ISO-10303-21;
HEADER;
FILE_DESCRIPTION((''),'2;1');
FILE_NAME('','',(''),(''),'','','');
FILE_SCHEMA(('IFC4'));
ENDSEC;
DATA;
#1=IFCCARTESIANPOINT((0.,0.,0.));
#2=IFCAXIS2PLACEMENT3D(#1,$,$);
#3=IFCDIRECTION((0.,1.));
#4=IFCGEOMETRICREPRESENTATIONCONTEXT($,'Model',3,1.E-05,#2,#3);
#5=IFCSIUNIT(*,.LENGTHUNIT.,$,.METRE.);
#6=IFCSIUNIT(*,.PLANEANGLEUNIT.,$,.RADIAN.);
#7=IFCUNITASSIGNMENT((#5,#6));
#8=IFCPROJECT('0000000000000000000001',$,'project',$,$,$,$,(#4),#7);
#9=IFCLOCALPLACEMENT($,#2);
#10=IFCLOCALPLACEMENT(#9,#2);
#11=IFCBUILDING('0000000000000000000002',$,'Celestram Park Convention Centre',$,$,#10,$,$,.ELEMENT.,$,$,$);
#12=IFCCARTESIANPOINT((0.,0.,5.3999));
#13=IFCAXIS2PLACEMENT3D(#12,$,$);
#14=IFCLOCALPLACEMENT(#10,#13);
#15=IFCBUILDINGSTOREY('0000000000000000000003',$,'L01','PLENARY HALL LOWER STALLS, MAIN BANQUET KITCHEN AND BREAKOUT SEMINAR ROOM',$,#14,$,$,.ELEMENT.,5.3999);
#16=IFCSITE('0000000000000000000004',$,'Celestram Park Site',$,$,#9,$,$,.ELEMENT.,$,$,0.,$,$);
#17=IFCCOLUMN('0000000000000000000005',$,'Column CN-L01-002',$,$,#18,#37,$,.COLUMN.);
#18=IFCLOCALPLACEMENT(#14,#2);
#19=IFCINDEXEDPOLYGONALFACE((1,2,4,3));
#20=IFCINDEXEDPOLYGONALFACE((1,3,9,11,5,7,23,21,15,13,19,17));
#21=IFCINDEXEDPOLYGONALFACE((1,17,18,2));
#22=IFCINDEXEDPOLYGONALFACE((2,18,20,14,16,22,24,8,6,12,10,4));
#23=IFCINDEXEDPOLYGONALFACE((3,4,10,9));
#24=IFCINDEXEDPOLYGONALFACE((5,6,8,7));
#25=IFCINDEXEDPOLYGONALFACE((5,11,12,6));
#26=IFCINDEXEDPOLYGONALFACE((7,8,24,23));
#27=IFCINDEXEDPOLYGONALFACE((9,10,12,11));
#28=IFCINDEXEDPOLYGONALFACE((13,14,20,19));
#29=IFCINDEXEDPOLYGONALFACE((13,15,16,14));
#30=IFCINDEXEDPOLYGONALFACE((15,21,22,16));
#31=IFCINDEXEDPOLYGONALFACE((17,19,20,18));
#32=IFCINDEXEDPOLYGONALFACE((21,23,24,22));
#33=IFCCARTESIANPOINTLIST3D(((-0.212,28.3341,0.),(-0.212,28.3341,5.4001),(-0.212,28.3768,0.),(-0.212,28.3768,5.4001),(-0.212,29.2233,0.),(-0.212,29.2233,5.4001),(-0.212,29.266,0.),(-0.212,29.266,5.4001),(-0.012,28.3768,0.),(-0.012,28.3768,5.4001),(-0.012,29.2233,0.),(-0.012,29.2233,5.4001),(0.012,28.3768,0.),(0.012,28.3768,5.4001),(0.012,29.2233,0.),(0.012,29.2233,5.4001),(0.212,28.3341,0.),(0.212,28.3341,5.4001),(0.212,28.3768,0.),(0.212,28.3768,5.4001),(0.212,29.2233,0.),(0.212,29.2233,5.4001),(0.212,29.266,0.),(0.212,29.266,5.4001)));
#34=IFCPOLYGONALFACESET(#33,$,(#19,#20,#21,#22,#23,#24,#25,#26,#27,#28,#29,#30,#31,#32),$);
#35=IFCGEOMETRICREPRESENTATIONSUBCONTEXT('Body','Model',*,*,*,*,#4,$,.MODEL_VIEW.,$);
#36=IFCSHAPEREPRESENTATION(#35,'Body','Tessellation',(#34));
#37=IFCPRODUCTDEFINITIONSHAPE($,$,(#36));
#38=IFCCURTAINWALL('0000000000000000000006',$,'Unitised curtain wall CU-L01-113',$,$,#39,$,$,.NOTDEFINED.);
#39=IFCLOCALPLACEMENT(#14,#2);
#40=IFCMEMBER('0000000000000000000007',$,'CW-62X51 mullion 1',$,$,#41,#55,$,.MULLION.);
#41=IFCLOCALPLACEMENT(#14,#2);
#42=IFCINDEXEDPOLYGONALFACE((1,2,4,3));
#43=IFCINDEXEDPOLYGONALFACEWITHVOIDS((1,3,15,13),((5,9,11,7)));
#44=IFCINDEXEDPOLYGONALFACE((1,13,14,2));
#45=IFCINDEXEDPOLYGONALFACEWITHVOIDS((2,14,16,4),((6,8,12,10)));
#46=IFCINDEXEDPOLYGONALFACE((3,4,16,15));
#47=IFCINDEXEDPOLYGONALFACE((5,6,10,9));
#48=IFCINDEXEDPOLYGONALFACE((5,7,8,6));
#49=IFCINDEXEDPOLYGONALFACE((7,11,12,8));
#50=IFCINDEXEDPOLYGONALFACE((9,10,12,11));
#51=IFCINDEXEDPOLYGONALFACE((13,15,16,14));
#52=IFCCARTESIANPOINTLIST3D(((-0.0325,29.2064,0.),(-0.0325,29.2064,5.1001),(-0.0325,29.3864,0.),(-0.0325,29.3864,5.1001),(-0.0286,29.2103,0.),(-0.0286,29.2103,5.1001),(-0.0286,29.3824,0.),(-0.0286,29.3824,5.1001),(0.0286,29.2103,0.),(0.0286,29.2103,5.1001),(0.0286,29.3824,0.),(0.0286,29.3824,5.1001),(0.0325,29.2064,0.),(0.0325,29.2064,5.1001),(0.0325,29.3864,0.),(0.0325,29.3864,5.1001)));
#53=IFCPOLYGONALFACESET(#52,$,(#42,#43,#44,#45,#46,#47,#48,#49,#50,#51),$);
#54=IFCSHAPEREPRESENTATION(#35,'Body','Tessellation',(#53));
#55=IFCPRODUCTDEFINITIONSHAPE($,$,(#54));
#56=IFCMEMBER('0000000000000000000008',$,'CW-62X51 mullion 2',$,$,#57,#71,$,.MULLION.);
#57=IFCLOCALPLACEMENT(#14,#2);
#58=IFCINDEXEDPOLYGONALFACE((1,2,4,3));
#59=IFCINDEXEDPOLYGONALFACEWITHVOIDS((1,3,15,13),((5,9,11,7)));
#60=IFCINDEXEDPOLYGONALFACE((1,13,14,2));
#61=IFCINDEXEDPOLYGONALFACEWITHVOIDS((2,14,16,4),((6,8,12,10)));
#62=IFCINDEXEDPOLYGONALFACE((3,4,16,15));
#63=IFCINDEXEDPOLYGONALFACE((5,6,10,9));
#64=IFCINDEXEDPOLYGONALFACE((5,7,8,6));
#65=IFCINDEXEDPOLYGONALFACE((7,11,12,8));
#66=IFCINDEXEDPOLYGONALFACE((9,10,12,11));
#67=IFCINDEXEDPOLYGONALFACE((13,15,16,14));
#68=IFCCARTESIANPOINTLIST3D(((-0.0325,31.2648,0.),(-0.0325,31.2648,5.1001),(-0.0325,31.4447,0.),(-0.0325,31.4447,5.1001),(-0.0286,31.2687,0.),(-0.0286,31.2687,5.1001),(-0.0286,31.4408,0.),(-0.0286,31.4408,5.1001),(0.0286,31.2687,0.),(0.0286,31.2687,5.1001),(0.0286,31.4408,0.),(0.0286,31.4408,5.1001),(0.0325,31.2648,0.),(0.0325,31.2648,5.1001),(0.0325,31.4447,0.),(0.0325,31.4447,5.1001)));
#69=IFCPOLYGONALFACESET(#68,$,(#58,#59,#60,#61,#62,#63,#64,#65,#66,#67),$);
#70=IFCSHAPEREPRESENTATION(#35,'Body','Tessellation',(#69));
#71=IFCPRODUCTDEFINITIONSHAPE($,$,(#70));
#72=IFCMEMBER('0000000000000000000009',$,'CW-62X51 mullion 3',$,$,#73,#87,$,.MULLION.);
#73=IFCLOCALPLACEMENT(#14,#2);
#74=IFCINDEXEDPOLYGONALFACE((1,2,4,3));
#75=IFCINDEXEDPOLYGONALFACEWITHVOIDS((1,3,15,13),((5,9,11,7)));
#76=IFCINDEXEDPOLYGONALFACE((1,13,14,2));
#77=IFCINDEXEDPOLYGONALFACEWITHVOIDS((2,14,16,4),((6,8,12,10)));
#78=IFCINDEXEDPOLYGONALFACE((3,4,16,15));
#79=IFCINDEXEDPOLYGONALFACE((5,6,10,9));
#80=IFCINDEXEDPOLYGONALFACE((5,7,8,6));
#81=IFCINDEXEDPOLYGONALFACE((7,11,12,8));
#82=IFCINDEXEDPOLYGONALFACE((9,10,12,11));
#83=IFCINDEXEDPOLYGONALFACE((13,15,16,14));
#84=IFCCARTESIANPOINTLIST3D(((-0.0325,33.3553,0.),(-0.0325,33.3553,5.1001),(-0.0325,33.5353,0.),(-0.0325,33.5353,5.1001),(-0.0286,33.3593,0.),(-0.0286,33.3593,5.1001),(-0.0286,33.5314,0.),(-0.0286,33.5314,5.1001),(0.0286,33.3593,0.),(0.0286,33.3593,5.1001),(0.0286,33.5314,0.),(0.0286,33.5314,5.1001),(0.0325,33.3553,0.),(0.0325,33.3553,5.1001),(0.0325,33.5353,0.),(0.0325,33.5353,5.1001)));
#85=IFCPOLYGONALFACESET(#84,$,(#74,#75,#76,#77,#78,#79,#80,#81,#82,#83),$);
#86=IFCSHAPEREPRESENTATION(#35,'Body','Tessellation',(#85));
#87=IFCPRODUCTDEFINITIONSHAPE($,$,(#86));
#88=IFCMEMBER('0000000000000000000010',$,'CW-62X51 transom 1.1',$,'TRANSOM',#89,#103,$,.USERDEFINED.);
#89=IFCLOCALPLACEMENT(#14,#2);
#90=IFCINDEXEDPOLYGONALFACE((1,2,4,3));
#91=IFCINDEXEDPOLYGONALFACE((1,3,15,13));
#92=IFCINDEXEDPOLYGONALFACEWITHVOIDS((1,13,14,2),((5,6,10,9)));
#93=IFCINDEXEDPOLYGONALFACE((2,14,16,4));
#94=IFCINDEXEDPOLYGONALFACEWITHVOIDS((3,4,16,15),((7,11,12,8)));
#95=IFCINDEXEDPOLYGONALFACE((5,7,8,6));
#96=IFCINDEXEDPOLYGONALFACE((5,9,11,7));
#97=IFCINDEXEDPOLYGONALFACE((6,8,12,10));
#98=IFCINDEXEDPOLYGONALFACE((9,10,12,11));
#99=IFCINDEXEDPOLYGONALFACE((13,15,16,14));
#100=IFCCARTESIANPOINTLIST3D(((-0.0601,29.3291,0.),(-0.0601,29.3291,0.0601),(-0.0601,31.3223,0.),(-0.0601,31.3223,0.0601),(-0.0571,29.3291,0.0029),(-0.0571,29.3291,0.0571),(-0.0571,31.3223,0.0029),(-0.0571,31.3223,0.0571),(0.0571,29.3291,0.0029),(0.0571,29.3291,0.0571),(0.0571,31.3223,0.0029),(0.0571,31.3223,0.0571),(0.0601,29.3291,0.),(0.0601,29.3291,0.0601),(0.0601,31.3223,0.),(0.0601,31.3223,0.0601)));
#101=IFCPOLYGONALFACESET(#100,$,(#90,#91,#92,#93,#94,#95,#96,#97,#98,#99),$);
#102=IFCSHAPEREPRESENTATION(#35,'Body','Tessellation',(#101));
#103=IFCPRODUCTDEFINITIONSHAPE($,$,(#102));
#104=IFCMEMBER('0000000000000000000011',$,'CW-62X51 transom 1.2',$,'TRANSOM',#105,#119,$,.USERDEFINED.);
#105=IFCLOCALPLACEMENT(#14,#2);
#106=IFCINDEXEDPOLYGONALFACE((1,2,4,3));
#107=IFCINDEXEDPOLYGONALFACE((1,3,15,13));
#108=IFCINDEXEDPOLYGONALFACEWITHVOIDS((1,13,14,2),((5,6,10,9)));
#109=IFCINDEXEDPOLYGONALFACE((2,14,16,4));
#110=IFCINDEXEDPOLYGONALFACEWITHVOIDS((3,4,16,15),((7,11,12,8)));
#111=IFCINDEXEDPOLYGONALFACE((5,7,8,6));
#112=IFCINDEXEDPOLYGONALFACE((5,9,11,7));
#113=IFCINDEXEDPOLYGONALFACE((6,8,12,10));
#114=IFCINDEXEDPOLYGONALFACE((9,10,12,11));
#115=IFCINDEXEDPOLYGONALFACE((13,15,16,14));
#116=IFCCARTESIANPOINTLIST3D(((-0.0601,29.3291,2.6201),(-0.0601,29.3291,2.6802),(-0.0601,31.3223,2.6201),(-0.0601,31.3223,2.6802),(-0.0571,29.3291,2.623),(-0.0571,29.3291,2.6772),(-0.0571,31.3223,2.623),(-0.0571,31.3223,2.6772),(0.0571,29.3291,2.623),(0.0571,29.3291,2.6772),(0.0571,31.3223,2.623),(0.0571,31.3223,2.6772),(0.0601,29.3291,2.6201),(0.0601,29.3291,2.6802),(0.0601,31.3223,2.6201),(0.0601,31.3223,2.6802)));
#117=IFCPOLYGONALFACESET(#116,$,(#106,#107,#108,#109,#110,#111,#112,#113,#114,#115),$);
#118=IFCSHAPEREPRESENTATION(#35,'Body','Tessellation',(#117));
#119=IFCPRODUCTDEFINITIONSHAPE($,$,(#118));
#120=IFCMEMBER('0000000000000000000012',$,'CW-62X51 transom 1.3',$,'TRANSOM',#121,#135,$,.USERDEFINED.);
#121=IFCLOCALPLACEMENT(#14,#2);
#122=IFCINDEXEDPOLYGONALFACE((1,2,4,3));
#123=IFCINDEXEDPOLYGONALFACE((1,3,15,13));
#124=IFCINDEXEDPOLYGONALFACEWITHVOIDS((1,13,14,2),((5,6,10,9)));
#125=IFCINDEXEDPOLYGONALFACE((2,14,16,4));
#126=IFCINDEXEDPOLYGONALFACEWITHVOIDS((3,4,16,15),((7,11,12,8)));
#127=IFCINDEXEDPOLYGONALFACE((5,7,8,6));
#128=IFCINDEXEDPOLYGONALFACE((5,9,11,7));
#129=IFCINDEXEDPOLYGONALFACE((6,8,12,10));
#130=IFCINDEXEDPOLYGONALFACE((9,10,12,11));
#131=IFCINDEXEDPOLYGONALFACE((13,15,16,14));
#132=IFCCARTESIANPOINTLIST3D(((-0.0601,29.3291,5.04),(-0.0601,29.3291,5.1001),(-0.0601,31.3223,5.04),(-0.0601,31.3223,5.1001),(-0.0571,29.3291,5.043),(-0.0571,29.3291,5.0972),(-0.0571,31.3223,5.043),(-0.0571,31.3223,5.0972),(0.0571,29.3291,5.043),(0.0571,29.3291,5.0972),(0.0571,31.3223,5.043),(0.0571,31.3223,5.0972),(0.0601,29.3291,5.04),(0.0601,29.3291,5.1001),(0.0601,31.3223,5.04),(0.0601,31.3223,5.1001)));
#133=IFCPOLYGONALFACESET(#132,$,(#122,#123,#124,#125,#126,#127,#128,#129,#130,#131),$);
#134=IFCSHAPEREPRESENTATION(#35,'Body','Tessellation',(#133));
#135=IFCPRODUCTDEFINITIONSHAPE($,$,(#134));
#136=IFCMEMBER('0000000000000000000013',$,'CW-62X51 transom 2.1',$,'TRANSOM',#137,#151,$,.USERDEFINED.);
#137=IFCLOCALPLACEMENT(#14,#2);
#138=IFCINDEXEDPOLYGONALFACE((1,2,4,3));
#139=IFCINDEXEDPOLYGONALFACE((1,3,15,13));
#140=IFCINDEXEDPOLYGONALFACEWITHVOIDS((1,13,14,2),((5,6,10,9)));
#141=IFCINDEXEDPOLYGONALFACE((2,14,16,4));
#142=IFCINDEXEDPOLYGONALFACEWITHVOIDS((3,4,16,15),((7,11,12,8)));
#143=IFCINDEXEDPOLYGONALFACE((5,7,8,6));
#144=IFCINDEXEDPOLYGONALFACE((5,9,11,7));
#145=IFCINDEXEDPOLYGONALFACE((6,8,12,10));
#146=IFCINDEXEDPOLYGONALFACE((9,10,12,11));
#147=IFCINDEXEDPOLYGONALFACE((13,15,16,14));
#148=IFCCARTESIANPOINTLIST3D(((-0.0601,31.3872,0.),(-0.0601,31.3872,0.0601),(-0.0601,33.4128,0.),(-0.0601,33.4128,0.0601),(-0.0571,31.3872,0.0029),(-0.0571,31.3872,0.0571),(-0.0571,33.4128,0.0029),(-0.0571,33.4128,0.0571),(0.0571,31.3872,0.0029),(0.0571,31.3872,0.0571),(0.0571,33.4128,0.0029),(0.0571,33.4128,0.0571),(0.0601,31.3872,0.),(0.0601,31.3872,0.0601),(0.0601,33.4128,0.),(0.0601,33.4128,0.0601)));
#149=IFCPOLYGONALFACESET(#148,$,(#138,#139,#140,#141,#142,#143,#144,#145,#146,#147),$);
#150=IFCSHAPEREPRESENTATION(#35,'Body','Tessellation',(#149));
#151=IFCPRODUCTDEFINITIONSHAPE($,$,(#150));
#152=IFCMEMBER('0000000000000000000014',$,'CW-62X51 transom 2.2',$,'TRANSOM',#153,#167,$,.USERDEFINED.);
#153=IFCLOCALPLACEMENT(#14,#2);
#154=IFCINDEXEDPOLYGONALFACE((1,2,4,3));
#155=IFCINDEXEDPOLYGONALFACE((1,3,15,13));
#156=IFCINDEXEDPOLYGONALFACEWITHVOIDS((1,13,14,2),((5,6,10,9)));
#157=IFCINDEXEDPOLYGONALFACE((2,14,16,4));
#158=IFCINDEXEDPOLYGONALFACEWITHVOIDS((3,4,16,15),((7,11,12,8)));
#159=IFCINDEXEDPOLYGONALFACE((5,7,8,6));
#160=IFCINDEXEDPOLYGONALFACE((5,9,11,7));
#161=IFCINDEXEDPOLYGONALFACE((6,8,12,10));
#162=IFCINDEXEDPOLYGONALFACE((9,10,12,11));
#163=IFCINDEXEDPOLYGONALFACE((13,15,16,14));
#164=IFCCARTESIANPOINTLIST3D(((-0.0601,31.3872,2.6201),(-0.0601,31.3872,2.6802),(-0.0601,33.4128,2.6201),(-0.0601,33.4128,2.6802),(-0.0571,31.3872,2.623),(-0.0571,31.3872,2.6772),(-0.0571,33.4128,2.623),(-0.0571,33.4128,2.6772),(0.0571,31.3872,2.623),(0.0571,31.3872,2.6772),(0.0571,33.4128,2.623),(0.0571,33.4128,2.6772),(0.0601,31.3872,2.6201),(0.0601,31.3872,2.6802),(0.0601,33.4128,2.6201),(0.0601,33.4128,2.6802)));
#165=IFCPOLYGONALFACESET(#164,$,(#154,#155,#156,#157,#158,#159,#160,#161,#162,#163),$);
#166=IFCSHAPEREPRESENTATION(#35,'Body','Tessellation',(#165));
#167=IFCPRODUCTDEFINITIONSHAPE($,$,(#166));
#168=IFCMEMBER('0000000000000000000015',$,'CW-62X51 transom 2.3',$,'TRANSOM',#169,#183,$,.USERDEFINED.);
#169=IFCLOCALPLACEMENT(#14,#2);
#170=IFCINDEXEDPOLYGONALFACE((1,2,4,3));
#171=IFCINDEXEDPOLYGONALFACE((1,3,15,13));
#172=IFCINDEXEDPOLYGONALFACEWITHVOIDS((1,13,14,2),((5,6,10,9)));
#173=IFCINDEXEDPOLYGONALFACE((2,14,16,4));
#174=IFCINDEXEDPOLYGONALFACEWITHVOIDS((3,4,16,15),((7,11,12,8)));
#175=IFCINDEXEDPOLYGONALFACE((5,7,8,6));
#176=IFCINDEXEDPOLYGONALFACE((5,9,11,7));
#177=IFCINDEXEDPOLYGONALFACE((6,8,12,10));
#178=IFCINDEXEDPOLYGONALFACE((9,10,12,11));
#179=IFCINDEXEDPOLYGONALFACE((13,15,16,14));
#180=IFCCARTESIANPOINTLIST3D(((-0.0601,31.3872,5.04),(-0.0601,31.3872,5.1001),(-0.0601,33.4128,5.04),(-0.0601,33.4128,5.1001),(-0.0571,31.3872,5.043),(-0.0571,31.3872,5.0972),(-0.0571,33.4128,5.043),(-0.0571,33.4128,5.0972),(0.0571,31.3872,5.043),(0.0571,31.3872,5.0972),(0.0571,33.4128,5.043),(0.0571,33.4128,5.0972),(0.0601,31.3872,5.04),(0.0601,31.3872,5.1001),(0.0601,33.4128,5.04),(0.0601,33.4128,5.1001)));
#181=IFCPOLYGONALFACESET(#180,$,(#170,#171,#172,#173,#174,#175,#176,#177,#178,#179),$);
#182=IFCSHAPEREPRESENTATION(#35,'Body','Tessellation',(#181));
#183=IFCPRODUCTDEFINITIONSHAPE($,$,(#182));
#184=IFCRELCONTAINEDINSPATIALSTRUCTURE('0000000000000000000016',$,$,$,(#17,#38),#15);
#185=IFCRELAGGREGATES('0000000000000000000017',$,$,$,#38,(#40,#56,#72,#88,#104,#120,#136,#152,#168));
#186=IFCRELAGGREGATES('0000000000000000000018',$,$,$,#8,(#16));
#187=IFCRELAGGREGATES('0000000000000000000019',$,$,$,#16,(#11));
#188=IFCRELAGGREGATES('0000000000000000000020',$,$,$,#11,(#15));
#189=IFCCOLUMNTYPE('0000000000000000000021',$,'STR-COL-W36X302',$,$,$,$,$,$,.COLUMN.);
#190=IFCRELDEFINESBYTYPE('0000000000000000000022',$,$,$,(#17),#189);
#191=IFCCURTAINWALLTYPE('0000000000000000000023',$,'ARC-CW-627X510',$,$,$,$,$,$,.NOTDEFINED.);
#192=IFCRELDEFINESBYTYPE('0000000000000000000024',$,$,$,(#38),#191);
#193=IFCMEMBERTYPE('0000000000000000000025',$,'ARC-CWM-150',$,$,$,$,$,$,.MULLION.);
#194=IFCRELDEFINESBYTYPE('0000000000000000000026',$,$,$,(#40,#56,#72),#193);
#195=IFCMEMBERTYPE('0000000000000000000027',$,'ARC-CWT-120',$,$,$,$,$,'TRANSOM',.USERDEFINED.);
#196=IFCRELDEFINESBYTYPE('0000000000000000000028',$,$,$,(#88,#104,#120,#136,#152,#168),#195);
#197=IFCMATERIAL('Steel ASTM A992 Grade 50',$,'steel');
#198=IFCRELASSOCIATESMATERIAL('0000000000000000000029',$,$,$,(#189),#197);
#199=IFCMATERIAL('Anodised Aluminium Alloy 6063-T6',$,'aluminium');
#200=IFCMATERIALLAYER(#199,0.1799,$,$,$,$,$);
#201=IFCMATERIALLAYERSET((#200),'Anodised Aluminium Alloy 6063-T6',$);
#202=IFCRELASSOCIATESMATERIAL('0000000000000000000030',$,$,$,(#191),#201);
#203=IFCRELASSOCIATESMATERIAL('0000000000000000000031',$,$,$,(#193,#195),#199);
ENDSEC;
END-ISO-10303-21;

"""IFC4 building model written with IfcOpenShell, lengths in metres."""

from ifc_helpers import new_model, si_unit, direction, frame, origin, origin_2d, place, context, subcontext, project, spatial, hollow_rectangle, i_section, extrude, material, layer, layer_set, material_profile, profile_set, type_object, element, aggregate, save


model = new_model("IFC4")

# Units and contexts
model_context = context("Model", 3, precision=1e-05, world=origin(), true_north=direction((0.0, 1.0)))
body_context = subcontext(model_context, "Body", "Model", "MODEL_VIEW")
ifc_project = project(units=[si_unit("LENGTHUNIT", "METRE"), si_unit("PLANEANGLEUNIT", "RADIAN")], contexts=[model_context])

# Site, building, storey
site_placement = place(None, origin())
site = spatial("IfcSite", under=ifc_project, at=site_placement, Name="Celestram Park Site", CompositionType="ELEMENT", RefElevation=0.0)
building_placement = place(site_placement, origin())
building = spatial("IfcBuilding", under=site, at=building_placement, Name="Celestram Park Convention Centre", CompositionType="ELEMENT")
storey_placement = place(building_placement, frame((0.0, 0.0, 5.3999)))
storey = spatial("IfcBuildingStorey", under=building, at=storey_placement, Name="L01", Description="PLENARY HALL LOWER STALLS, MAIN BANQUET KITCHEN AND BREAKOUT SEMINAR ROOM", CompositionType="ELEMENT", Elevation=5.3999)

# Column
ifc_material_1 = material(Name="Steel ASTM A992 Grade 50", Category="steel")
ifc_material_profile_1 = material_profile(ifc_material_1, i_section(OverallWidth=0.4241, OverallDepth=0.9319, WebThickness=0.0239, FlangeThickness=0.0427, at=origin_2d()), Name="W36X302")
ifc_profile_set_1 = profile_set([ifc_material_profile_1], Name="Steel ASTM A992 Grade 50")
column_type = type_object("IfcColumnType", Name="STR-COL-W36X302", PredefinedType="COLUMN", material=ifc_profile_set_1)
column_placement = place(storey_placement, frame((0.0, 28.8, 0.0), z_axis=(0.0, 0.0, 1.0), x_axis=(1.0, 0.0, 0.0)))
element("IfcColumn", 1, at=column_placement, inside=storey, type_object=column_type, Name="Column CN-L01-002", PredefinedType="COLUMN", context=body_context, shape_type="SweptSolid", body=[
    extrude(i_section(OverallWidth=0.4241, OverallDepth=0.9319, WebThickness=0.0239, FlangeThickness=0.0427, at=origin_2d()), origin(), (0.0, 0.0, 1.0), 5.4001),
])

# Curtain wall, members
ifc_material_2 = material(Name="Anodised Aluminium Alloy 6063-T6", Category="aluminium")
ifc_layer_1 = layer(ifc_material_2, 0.1799)
ifc_layer_set_1 = layer_set([ifc_layer_1], Name="Anodised Aluminium Alloy 6063-T6")
curtain_wall_type = type_object("IfcCurtainWallType", Name="ARC-CW-627X510", PredefinedType="NOTDEFINED", material=ifc_layer_set_1)
curtain_wall_placement = place(storey_placement, origin())
curtain_wall = element("IfcCurtainWall", 2, at=curtain_wall_placement, inside=storey, type_object=curtain_wall_type, Name="Unitised curtain wall CU-L01-113", PredefinedType="NOTDEFINED")
ifc_material_profile_2 = material_profile(ifc_material_2, hollow_rectangle(XDim=0.0649, YDim=0.1799, WallThickness=0.0039, at=origin_2d()), Name="ALU65X180X4")
ifc_profile_set_2 = profile_set([ifc_material_profile_2], Name="Anodised Aluminium Alloy 6063-T6")
member_type_1 = type_object("IfcMemberType", Name="ARC-CWM-150", PredefinedType="MULLION", material=ifc_profile_set_2)
member_1_placement = place(storey_placement, frame((0.0, 29.2964, 0.0), z_axis=(0.0, 0.0, 1.0), x_axis=(-1.0, 0.0, 0.0)))
member_1 = element("IfcMember", 3, at=member_1_placement, type_object=member_type_1, Name="CW-62X51 mullion 1", PredefinedType="MULLION", context=body_context, shape_type="SweptSolid", body=[
    extrude(hollow_rectangle(XDim=0.0649, YDim=0.1799, WallThickness=0.0039, at=origin_2d()), origin(), (0.0, 0.0, 1.0), 5.1001),
])
member_2_placement = place(storey_placement, frame((0.0, 31.3547, 0.0), z_axis=(0.0, 0.0, 1.0), x_axis=(-1.0, 0.0, 0.0)))
member_2 = element("IfcMember", 4, at=member_2_placement, type_object=member_type_1, Name="CW-62X51 mullion 2", PredefinedType="MULLION", context=body_context, shape_type="SweptSolid", body=[
    extrude(hollow_rectangle(XDim=0.0649, YDim=0.1799, WallThickness=0.0039, at=origin_2d()), origin(), (0.0, 0.0, 1.0), 5.1001),
])
member_3_placement = place(storey_placement, frame((0.0, 33.4453, 0.0), z_axis=(0.0, 0.0, 1.0), x_axis=(-1.0, 0.0, 0.0)))
member_3 = element("IfcMember", 5, at=member_3_placement, type_object=member_type_1, Name="CW-62X51 mullion 3", PredefinedType="MULLION", context=body_context, shape_type="SweptSolid", body=[
    extrude(hollow_rectangle(XDim=0.0649, YDim=0.1799, WallThickness=0.0039, at=origin_2d()), origin(), (0.0, 0.0, 1.0), 5.1001),
])
ifc_material_profile_3 = material_profile(ifc_material_2, hollow_rectangle(XDim=0.1201, YDim=0.0601, WallThickness=0.0029, at=origin_2d()), Name="ALU120X60X3")
ifc_profile_set_3 = profile_set([ifc_material_profile_3], Name="Anodised Aluminium Alloy 6063-T6")
member_type_2 = type_object("IfcMemberType", Name="ARC-CWT-120", ElementType="TRANSOM", PredefinedType="USERDEFINED", material=ifc_profile_set_3)
member_4_placement = place(storey_placement, frame((0.0, 29.3291, 0.03), z_axis=(0.0, 1.0, 0.0), x_axis=(-1.0, 0.0, 0.0)))
member_4 = element("IfcMember", 6, at=member_4_placement, type_object=member_type_2, Name="CW-62X51 transom 1.1", ObjectType="TRANSOM", PredefinedType="USERDEFINED", context=body_context, shape_type="SweptSolid", body=[
    extrude(hollow_rectangle(XDim=0.1201, YDim=0.0601, WallThickness=0.0029, at=origin_2d()), origin(), (0.0, 0.0, 1.0), 1.9932),
])
member_5_placement = place(storey_placement, frame((0.0, 29.3291, 2.6501), z_axis=(0.0, 1.0, 0.0), x_axis=(-1.0, 0.0, 0.0)))
member_5 = element("IfcMember", 7, at=member_5_placement, type_object=member_type_2, Name="CW-62X51 transom 1.2", ObjectType="TRANSOM", PredefinedType="USERDEFINED", context=body_context, shape_type="SweptSolid", body=[
    extrude(hollow_rectangle(XDim=0.1201, YDim=0.0601, WallThickness=0.0029, at=origin_2d()), origin(), (0.0, 0.0, 1.0), 1.9932),
])
member_6_placement = place(storey_placement, frame((0.0, 29.3291, 5.0701), z_axis=(0.0, 1.0, 0.0), x_axis=(-1.0, 0.0, 0.0)))
member_6 = element("IfcMember", 8, at=member_6_placement, type_object=member_type_2, Name="CW-62X51 transom 1.3", ObjectType="TRANSOM", PredefinedType="USERDEFINED", context=body_context, shape_type="SweptSolid", body=[
    extrude(hollow_rectangle(XDim=0.1201, YDim=0.0601, WallThickness=0.0029, at=origin_2d()), origin(), (0.0, 0.0, 1.0), 1.9932),
])
member_7_placement = place(storey_placement, frame((0.0, 31.3872, 0.03), z_axis=(0.0, 1.0, 0.0), x_axis=(-1.0, 0.0, 0.0)))
member_7 = element("IfcMember", 9, at=member_7_placement, type_object=member_type_2, Name="CW-62X51 transom 2.1", ObjectType="TRANSOM", PredefinedType="USERDEFINED", context=body_context, shape_type="SweptSolid", body=[
    extrude(hollow_rectangle(XDim=0.1201, YDim=0.0601, WallThickness=0.0029, at=origin_2d()), origin(), (0.0, 0.0, 1.0), 2.0256),
])
member_8_placement = place(storey_placement, frame((0.0, 31.3872, 2.6501), z_axis=(0.0, 1.0, 0.0), x_axis=(-1.0, 0.0, 0.0)))
member_8 = element("IfcMember", 10, at=member_8_placement, type_object=member_type_2, Name="CW-62X51 transom 2.2", ObjectType="TRANSOM", PredefinedType="USERDEFINED", context=body_context, shape_type="SweptSolid", body=[
    extrude(hollow_rectangle(XDim=0.1201, YDim=0.0601, WallThickness=0.0029, at=origin_2d()), origin(), (0.0, 0.0, 1.0), 2.0256),
])
member_9_placement = place(storey_placement, frame((0.0, 31.3872, 5.0701), z_axis=(0.0, 1.0, 0.0), x_axis=(-1.0, 0.0, 0.0)))
member_9 = element("IfcMember", 11, at=member_9_placement, type_object=member_type_2, Name="CW-62X51 transom 2.3", ObjectType="TRANSOM", PredefinedType="USERDEFINED", context=body_context, shape_type="SweptSolid", body=[
    extrude(hollow_rectangle(XDim=0.1201, YDim=0.0601, WallThickness=0.0029, at=origin_2d()), origin(), (0.0, 0.0, 1.0), 2.0256),
])

aggregate(curtain_wall, [member_1, member_2, member_3, member_4, member_5, member_6, member_7, member_8, member_9])

save(model, "model.ifc")
